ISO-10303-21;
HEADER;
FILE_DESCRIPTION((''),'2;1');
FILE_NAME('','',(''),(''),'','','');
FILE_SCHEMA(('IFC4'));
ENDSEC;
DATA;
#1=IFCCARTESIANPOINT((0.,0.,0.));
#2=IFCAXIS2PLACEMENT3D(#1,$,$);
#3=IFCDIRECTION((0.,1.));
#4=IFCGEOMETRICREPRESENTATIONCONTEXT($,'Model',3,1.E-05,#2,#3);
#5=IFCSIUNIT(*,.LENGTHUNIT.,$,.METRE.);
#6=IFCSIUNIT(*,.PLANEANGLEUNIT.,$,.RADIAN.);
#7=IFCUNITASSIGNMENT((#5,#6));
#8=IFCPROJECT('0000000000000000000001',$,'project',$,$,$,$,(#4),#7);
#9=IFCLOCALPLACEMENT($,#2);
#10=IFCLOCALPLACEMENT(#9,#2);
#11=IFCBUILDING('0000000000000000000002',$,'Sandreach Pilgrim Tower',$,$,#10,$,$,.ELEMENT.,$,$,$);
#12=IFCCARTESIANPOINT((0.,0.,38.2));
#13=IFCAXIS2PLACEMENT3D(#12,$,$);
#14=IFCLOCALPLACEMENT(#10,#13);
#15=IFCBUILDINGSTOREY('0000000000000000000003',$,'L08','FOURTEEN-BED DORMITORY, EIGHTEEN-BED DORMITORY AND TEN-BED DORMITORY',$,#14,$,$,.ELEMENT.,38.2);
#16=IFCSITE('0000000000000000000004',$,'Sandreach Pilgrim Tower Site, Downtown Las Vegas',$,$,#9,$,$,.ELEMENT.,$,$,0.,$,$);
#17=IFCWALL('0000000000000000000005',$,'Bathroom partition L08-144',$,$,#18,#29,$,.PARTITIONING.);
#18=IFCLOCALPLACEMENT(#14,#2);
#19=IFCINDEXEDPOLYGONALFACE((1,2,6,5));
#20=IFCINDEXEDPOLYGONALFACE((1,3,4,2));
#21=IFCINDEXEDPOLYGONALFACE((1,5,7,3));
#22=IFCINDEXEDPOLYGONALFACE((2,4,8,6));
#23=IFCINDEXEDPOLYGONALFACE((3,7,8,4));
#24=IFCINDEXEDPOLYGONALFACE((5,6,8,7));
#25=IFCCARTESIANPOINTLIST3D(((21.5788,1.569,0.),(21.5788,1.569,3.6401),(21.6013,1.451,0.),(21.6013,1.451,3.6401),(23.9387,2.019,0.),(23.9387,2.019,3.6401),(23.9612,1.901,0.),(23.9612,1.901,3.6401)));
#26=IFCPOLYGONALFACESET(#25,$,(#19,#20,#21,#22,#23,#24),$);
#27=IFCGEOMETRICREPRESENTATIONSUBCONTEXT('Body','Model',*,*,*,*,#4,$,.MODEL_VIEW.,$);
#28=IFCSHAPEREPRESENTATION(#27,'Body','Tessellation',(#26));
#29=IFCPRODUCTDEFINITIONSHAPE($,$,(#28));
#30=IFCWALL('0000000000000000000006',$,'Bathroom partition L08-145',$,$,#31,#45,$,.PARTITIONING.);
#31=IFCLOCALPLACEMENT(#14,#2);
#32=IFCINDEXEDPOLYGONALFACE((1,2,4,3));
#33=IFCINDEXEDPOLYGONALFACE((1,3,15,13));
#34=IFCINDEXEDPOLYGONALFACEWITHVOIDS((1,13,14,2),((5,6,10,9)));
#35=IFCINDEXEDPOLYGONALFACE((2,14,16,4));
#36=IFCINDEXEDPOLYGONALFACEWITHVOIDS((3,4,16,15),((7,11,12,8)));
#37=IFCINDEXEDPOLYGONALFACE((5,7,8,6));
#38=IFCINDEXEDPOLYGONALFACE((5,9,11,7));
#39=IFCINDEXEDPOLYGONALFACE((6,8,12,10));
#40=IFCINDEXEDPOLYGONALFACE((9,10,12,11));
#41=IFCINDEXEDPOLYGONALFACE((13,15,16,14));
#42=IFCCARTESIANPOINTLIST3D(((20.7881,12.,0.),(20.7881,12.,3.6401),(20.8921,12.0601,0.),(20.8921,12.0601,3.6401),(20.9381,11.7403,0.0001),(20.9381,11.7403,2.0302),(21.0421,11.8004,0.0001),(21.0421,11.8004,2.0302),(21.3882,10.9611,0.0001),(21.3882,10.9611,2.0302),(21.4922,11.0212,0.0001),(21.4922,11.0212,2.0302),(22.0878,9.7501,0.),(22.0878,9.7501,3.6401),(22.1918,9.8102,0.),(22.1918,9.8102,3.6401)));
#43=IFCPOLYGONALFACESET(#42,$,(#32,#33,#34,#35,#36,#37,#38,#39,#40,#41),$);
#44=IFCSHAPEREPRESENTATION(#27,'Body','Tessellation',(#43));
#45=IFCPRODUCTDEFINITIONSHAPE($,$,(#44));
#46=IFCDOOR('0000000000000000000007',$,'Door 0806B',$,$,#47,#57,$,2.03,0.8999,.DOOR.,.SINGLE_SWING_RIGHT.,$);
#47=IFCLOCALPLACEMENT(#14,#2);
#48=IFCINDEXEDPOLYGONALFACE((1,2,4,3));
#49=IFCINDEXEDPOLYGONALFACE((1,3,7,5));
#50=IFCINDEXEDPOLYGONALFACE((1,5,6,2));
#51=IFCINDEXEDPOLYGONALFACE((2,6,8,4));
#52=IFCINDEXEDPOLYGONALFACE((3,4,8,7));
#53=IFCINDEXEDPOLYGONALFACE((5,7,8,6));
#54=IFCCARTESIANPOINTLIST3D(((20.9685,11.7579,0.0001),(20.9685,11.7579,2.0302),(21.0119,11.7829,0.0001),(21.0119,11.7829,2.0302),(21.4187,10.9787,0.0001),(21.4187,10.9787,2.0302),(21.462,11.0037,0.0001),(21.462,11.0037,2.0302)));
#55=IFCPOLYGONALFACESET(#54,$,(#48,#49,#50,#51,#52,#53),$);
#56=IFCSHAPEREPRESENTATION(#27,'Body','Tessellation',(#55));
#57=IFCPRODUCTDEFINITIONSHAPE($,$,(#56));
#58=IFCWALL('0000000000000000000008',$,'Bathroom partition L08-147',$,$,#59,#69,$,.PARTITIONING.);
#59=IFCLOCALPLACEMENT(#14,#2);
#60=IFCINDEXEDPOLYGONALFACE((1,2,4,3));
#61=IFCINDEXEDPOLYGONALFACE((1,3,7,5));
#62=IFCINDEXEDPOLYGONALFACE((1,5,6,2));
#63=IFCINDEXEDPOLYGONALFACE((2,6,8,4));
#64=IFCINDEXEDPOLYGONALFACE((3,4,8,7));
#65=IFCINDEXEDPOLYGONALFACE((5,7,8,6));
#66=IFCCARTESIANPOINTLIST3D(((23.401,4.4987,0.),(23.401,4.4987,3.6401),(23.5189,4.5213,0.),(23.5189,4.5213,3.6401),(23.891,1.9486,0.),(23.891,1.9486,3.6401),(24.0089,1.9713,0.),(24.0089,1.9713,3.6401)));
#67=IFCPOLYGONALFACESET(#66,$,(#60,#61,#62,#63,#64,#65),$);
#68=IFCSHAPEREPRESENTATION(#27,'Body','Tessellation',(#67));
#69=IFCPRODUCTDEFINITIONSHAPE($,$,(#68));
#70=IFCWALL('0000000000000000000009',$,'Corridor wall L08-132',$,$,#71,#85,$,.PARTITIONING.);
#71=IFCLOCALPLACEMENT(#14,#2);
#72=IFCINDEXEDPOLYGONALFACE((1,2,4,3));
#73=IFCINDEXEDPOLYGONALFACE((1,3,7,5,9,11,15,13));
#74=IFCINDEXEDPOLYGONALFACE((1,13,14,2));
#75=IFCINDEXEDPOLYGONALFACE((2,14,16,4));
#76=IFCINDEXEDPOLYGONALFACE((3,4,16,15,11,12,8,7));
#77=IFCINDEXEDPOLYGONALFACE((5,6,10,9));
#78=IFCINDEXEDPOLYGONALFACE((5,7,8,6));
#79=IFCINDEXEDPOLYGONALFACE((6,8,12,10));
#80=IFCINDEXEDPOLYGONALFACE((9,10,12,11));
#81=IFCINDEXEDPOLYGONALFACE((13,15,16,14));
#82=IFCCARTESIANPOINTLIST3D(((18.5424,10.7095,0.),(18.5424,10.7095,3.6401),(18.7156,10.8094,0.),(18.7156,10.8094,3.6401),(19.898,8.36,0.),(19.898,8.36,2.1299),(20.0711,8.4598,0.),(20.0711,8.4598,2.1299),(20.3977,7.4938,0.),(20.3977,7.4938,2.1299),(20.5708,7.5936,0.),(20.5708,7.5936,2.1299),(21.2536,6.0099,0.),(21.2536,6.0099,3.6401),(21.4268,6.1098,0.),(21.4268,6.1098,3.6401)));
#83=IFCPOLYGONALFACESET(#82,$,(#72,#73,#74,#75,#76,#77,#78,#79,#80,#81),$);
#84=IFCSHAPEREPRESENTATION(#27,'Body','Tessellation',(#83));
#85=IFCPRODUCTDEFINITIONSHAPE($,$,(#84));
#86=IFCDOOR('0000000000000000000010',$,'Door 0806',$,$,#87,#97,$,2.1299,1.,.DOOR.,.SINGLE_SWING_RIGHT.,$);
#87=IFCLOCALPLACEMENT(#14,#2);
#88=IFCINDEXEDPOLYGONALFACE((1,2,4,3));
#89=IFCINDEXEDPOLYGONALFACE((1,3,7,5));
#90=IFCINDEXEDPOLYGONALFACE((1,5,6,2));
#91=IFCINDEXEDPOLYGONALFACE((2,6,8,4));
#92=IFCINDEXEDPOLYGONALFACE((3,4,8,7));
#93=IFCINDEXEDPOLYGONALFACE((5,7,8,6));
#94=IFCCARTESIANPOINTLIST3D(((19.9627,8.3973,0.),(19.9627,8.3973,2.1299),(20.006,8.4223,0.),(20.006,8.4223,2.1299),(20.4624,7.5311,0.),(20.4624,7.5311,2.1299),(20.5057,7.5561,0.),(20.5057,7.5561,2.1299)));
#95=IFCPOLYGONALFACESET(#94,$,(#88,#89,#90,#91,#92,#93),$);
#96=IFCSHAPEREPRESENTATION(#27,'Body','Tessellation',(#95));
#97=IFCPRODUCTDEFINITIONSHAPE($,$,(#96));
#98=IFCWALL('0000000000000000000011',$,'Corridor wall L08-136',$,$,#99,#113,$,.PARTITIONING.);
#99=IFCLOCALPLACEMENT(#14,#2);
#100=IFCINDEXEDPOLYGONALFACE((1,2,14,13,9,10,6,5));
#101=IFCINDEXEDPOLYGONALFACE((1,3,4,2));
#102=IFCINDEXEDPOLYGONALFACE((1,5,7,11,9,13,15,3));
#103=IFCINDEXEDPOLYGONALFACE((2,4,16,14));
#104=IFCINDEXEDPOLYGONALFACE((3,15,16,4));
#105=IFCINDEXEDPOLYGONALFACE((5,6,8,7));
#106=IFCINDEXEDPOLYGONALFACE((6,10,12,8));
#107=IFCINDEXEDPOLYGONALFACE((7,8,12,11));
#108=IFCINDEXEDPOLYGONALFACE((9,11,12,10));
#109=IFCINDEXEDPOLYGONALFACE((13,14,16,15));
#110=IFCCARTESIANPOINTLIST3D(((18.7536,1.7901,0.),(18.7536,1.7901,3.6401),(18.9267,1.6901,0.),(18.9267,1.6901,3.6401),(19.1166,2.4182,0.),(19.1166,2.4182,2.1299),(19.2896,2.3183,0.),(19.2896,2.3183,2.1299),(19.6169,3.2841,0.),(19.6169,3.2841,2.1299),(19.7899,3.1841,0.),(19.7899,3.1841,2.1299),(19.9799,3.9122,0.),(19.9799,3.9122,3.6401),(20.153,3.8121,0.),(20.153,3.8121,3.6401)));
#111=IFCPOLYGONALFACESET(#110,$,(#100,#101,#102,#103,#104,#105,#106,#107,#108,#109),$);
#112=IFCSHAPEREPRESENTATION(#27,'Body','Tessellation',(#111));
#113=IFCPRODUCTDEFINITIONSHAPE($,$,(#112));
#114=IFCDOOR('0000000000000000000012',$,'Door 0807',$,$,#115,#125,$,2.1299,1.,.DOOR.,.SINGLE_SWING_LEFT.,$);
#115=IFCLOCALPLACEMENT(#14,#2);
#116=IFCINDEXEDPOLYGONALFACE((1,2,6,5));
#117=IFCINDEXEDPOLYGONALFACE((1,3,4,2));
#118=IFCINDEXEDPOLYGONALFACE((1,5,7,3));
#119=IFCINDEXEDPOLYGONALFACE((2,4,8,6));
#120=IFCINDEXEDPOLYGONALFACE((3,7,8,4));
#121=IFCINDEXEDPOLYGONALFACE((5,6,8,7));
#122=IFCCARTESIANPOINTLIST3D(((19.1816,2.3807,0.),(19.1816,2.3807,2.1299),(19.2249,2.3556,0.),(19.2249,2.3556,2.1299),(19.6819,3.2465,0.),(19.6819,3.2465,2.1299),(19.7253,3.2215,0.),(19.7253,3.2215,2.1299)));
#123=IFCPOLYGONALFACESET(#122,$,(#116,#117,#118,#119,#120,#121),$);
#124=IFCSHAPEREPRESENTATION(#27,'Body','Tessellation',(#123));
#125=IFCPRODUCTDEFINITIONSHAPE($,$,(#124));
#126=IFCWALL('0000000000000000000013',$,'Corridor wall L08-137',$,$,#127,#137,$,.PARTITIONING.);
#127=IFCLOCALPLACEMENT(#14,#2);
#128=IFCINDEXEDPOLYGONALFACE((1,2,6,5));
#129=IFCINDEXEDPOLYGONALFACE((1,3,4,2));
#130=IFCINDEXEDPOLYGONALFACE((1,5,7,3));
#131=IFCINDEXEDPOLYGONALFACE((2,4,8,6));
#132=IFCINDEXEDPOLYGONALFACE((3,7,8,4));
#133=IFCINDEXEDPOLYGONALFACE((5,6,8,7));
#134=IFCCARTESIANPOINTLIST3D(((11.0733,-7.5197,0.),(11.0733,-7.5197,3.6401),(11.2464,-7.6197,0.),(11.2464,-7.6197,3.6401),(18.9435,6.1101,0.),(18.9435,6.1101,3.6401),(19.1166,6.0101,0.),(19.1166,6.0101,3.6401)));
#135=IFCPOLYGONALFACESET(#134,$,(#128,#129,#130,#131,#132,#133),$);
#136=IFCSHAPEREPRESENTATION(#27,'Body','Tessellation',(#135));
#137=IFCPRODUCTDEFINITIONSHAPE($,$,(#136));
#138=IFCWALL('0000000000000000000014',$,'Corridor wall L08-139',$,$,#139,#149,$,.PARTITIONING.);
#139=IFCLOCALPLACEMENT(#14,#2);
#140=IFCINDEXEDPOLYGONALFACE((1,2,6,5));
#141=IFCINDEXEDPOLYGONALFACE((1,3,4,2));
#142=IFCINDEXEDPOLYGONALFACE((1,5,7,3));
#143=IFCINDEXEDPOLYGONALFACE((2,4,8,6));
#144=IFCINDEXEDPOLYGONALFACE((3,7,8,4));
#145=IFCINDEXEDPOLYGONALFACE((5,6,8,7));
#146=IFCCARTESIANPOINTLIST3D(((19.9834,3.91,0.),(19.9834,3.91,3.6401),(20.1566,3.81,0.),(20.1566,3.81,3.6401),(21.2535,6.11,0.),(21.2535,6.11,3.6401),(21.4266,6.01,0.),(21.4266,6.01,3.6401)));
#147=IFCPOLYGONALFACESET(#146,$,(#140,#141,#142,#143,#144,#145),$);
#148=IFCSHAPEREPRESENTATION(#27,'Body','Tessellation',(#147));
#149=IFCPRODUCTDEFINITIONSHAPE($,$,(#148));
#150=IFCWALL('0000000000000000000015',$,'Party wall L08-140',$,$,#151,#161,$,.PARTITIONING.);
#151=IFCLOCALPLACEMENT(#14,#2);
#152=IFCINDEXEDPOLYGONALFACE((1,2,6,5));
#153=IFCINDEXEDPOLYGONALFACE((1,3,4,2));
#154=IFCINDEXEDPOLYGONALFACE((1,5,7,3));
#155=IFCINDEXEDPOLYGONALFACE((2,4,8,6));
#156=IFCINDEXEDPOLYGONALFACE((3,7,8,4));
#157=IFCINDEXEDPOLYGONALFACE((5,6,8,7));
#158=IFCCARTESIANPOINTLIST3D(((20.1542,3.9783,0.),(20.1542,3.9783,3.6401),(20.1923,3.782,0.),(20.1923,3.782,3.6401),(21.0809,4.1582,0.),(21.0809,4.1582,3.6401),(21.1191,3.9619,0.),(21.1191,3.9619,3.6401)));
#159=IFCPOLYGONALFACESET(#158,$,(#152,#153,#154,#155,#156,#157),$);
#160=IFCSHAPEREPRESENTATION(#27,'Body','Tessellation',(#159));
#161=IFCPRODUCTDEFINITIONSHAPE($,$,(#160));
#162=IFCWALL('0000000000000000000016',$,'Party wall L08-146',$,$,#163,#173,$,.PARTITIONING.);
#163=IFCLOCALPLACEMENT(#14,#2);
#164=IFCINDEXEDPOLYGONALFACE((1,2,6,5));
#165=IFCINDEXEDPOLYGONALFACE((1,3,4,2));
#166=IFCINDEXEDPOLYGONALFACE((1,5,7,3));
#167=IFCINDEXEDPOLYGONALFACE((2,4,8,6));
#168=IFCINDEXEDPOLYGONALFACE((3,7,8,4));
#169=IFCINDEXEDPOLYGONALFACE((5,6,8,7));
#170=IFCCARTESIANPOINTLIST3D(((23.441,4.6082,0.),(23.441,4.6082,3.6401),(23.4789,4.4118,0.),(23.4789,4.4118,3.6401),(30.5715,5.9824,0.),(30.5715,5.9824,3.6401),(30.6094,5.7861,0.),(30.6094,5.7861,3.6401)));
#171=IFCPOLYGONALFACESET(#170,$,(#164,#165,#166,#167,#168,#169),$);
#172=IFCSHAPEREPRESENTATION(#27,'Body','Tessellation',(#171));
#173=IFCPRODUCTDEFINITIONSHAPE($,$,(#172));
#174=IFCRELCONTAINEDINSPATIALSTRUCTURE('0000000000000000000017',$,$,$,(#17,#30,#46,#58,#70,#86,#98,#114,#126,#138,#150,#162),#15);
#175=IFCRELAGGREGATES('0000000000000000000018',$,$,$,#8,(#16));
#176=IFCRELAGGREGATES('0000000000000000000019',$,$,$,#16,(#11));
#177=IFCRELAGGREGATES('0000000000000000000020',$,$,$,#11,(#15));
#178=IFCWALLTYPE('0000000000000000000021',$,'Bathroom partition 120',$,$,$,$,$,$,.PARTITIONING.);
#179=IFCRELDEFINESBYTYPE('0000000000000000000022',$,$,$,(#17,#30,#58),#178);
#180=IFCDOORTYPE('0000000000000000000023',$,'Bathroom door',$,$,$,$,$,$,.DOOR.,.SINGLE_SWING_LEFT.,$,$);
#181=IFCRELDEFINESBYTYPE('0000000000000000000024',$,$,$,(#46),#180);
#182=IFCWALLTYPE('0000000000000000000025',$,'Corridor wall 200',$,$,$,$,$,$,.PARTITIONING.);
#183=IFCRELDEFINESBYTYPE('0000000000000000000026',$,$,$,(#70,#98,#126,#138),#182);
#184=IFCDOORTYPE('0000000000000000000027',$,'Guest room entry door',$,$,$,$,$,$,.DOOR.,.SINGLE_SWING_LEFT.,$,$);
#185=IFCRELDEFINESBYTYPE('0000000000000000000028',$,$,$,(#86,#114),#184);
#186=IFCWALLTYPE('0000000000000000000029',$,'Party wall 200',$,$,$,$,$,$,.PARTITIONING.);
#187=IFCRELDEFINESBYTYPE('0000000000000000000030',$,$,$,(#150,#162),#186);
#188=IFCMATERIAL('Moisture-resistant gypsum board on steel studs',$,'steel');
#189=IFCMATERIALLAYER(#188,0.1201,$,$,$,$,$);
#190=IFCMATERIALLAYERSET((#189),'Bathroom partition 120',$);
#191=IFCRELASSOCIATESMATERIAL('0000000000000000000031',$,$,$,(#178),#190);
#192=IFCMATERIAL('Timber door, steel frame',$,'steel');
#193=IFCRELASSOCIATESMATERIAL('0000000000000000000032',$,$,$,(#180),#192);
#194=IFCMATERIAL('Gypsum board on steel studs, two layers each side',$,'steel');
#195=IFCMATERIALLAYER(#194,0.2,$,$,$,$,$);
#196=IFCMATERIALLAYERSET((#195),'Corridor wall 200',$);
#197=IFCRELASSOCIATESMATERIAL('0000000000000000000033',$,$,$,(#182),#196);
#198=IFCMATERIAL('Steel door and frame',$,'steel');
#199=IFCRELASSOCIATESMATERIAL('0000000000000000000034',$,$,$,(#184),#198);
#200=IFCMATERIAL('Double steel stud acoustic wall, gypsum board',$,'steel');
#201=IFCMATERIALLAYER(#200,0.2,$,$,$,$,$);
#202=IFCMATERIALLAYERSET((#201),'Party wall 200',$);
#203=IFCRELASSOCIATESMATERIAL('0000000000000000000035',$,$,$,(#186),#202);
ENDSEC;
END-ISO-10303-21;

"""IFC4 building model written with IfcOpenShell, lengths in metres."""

from ifc_helpers import new_model, si_unit, direction, frame, frame_2d, origin, place, context, subcontext, project, spatial, rectangle, extrude, material, layer, layer_set, type_object, element, fill, save


model = new_model("IFC4")

# Units and contexts
model_context = context("Model", 3, precision=1e-05, world=origin(), true_north=direction((0.0, 1.0)))
body_context = subcontext(model_context, "Body", "Model", "MODEL_VIEW")
ifc_project = project(units=[si_unit("LENGTHUNIT", "METRE"), si_unit("PLANEANGLEUNIT", "RADIAN")], contexts=[model_context])

# Site, building, storey
site_placement = place(None, origin())
site = spatial("IfcSite", under=ifc_project, at=site_placement, Name="Sandreach Pilgrim Tower Site, Downtown Las Vegas", CompositionType="ELEMENT", RefElevation=0.0)
building_placement = place(site_placement, origin())
building = spatial("IfcBuilding", under=site, at=building_placement, Name="Sandreach Pilgrim Tower", CompositionType="ELEMENT")
storey_placement = place(building_placement, frame((0.0, 0.0, 38.2)))
storey = spatial("IfcBuildingStorey", under=building, at=storey_placement, Name="L08", Description="FOURTEEN-BED DORMITORY, EIGHTEEN-BED DORMITORY AND TEN-BED DORMITORY", CompositionType="ELEMENT", Elevation=38.2)

# Shared definitions
ifc_material_1 = material(Name="Moisture-resistant gypsum board on steel studs", Category="steel")
ifc_layer_1 = layer(ifc_material_1, 0.1201)
ifc_layer_set_1 = layer_set([ifc_layer_1], Name="Bathroom partition 120")
wall_type_1 = type_object("IfcWallType", Name="Bathroom partition 120", PredefinedType="PARTITIONING", material=ifc_layer_set_1)

# Shared definitions
ifc_material_2 = material(Name="Timber door, steel frame", Category="steel")
door_type_1 = type_object("IfcDoorType", Name="Bathroom door", OperationType="SINGLE_SWING_LEFT", PredefinedType="DOOR", material=ifc_material_2)

# Wall
wall_1_placement = place(storey_placement, frame((21.5901, 1.51, 0.0), z_axis=(0.0, 0.0, 1.0), x_axis=(0.982304, 0.187294, 0.0)))
element("IfcWall", 1, at=wall_1_placement, inside=storey, type_object=wall_type_1, Name="Bathroom partition L08-144", PredefinedType="PARTITIONING", context=body_context, shape_type="SweptSolid", body=[
    extrude(rectangle(XDim=2.4023, YDim=0.1201, at=frame_2d((1.2012, 0.0))), origin(), (0.0, 0.0, 1.0), 3.6401),
])

# Wall, opening, door
wall_2_placement = place(storey_placement, frame((22.1399, 9.78, 0.0), z_axis=(0.0, 0.0, 1.0), x_axis=(-0.500221, 0.865898, 0.0)))
wall_2 = element("IfcWall", 2, at=wall_2_placement, inside=storey, type_object=wall_type_1, Name="Bathroom partition L08-145", PredefinedType="PARTITIONING", context=body_context, shape_type="SweptSolid", body=[
    extrude(rectangle(XDim=2.5984, YDim=0.1201, at=frame_2d((1.2993, 0.0))), origin(), (0.0, 0.0, 1.0), 3.6401),
])
opening_1_placement = place(wall_2_placement, frame((1.3987, 0.0, 0.0)))
opening_1 = element("IfcOpeningElement", 3, at=opening_1_placement, cuts=wall_2, PredefinedType="OPENING", context=body_context, shape_type="SweptSolid", body=[
    extrude(rectangle(XDim=0.8999, YDim=2.03, at=frame_2d((0.45, 1.0151))), frame((0.0, 0.0601, 0.0), z_axis=(0.0, -1.0, 0.0), x_axis=(1.0, 0.0, 0.0)), (0.0, 0.0, 1.0), 0.1201),
])
door_1_placement = place(opening_1_placement, origin())
door_1 = element("IfcDoor", 4, at=door_1_placement, inside=storey, type_object=door_type_1, Name="Door 0806B", OperationType="SINGLE_SWING_RIGHT", OverallHeight=2.03, OverallWidth=0.8999, PredefinedType="DOOR", context=body_context, shape_type="SweptSolid", body=[
    extrude(rectangle(XDim=0.8999, YDim=2.03, at=frame_2d((0.45, 1.0151))), frame((0.0, 0.0249, 0.0), z_axis=(0.0, -1.0, 0.0), x_axis=(1.0, 0.0, 0.0)), (0.0, 0.0, 1.0), 0.05),
])
fill(opening_1, door_1)

# Wall
wall_3_placement = place(storey_placement, frame((23.95, 1.96, 0.0), z_axis=(0.0, 0.0, 1.0), x_axis=(-0.188697, 0.982035, 0.0)))
element("IfcWall", 5, at=wall_3_placement, inside=storey, type_object=wall_type_1, Name="Bathroom partition L08-147", PredefinedType="PARTITIONING", context=body_context, shape_type="SweptSolid", body=[
    extrude(rectangle(XDim=2.5967, YDim=0.1201, at=frame_2d((1.2983, 0.0))), origin(), (0.0, 0.0, 1.0), 3.6401),
])

# Walls, openings, doors
ifc_material_3 = material(Name="Gypsum board on steel studs, two layers each side", Category="steel")
ifc_layer_2 = layer(ifc_material_3, 0.2)
ifc_layer_set_2 = layer_set([ifc_layer_2], Name="Corridor wall 200")
wall_type_2 = type_object("IfcWallType", Name="Corridor wall 200", PredefinedType="PARTITIONING", material=ifc_layer_set_2)
wall_4_placement = place(storey_placement, frame((18.6289, 10.7595, 0.0), z_axis=(0.0, 0.0, 1.0), x_axis=(0.499716, -0.866189, 0.0)))
wall_4 = element("IfcWall", 6, at=wall_4_placement, inside=storey, type_object=wall_type_2, Name="Corridor wall L08-132", PredefinedType="PARTITIONING", context=body_context, shape_type="SweptSolid", body=[
    extrude(rectangle(XDim=5.4255, YDim=0.2, at=frame_2d((2.7129, 0.0))), origin(), (0.0, 0.0, 1.0), 3.6401),
])
opening_2_placement = place(wall_4_placement, frame((2.7126, 0.0, 0.0)))
opening_2 = element("IfcOpeningElement", 7, at=opening_2_placement, cuts=wall_4, PredefinedType="OPENING", context=body_context, shape_type="SweptSolid", body=[
    extrude(rectangle(XDim=1.0, YDim=2.1299, at=frame_2d((0.5, 1.0649))), frame((0.0, 0.1001, 0.0), z_axis=(0.0, -1.0, 0.0), x_axis=(1.0, 0.0, 0.0)), (0.0, 0.0, 1.0), 0.2),
])
ifc_material_4 = material(Name="Steel door and frame", Category="steel")
door_type_2 = type_object("IfcDoorType", Name="Guest room entry door", OperationType="SINGLE_SWING_LEFT", PredefinedType="DOOR", material=ifc_material_4)
door_2_placement = place(opening_2_placement, origin())
door_2 = element("IfcDoor", 8, at=door_2_placement, inside=storey, type_object=door_type_2, Name="Door 0806", OperationType="SINGLE_SWING_RIGHT", OverallHeight=2.1299, OverallWidth=1.0, PredefinedType="DOOR", context=body_context, shape_type="SweptSolid", body=[
    extrude(rectangle(XDim=1.0, YDim=2.1299, at=frame_2d((0.5, 1.0649))), frame((0.0, 0.0249, 0.0), z_axis=(0.0, -1.0, 0.0), x_axis=(1.0, 0.0, 0.0)), (0.0, 0.0, 1.0), 0.05),
])
fill(opening_2, door_2)
wall_5_placement = place(storey_placement, frame((18.8401, 1.74, 0.0), z_axis=(0.0, 0.0, 1.0), x_axis=(0.500349, 0.865824, 0.0)))
wall_5 = element("IfcWall", 9, at=wall_5_placement, inside=storey, type_object=wall_type_2, Name="Corridor wall L08-136", PredefinedType="PARTITIONING", context=body_context, shape_type="SweptSolid", body=[
    extrude(rectangle(XDim=2.4509, YDim=0.2, at=frame_2d((1.2256, 0.0))), origin(), (0.0, 0.0, 1.0), 3.6401),
])
opening_3_placement = place(wall_5_placement, frame((0.7256, 0.0, 0.0)))
opening_3 = element("IfcOpeningElement", 10, at=opening_3_placement, cuts=wall_5, PredefinedType="OPENING", context=body_context, shape_type="SweptSolid", body=[
    extrude(rectangle(XDim=1.0, YDim=2.1299, at=frame_2d((0.5, 1.0649))), frame((0.0, 0.1001, 0.0), z_axis=(0.0, -1.0, 0.0), x_axis=(1.0, 0.0, 0.0)), (0.0, 0.0, 1.0), 0.2),
])
door_3_placement = place(opening_3_placement, origin())
door_3 = element("IfcDoor", 11, at=door_3_placement, inside=storey, type_object=door_type_2, Name="Door 0807", OperationType="SINGLE_SWING_LEFT", OverallHeight=2.1299, OverallWidth=1.0, PredefinedType="DOOR", context=body_context, shape_type="SweptSolid", body=[
    extrude(rectangle(XDim=1.0, YDim=2.1299, at=frame_2d((0.5, 1.0649))), frame((0.0, 0.0249, 0.0), z_axis=(0.0, -1.0, 0.0), x_axis=(1.0, 0.0, 0.0)), (0.0, 0.0, 1.0), 0.05),
])
fill(opening_3, door_3)

# Walls
wall_6_placement = place(storey_placement, frame((19.03, 6.0601, 0.0), z_axis=(0.0, 0.0, 1.0), x_axis=(-0.50005, -0.865997, 0.0)))
element("IfcWall", 12, at=wall_6_placement, inside=storey, type_object=wall_type_2, Name="Corridor wall L08-137", PredefinedType="PARTITIONING", context=body_context, shape_type="SweptSolid", body=[
    extrude(rectangle(XDim=15.7388, YDim=0.2, at=frame_2d((7.8694, 0.0))), origin(), (0.0, 0.0, 1.0), 3.6401),
])
wall_7_placement = place(storey_placement, frame((20.0701, 3.8601, 0.0), z_axis=(0.0, 0.0, 1.0), x_axis=(0.499964, 0.866046, 0.0)))
element("IfcWall", 13, at=wall_7_placement, inside=storey, type_object=wall_type_2, Name="Corridor wall L08-139", PredefinedType="PARTITIONING", context=body_context, shape_type="SweptSolid", body=[
    extrude(rectangle(XDim=2.5403, YDim=0.2, at=frame_2d((1.27, 0.0))), origin(), (0.0, 0.0, 1.0), 3.6401),
])
ifc_material_5 = material(Name="Double steel stud acoustic wall, gypsum board", Category="steel")
ifc_layer_3 = layer(ifc_material_5, 0.2)
ifc_layer_set_3 = layer_set([ifc_layer_3], Name="Party wall 200")
wall_type_3 = type_object("IfcWallType", Name="Party wall 200", PredefinedType="PARTITIONING", material=ifc_layer_set_3)
wall_8_placement = place(storey_placement, frame((20.1731, 3.8801, 0.0), z_axis=(0.0, 0.0, 1.0), x_axis=(0.981669, 0.190593, 0.0)))
element("IfcWall", 14, at=wall_8_placement, inside=storey, type_object=wall_type_3, Name="Party wall L08-140", PredefinedType="PARTITIONING", context=body_context, shape_type="SweptSolid", body=[
    extrude(rectangle(XDim=0.9441, YDim=0.2, at=frame_2d((0.4722, 0.0))), origin(), (0.0, 0.0, 1.0), 3.6401),
])
wall_9_placement = place(storey_placement, frame((23.46, 4.51, 0.0), z_axis=(0.0, 0.0, 1.0), x_axis=(0.98193, 0.189245, 0.0)))
element("IfcWall", 15, at=wall_9_placement, inside=storey, type_object=wall_type_3, Name="Party wall L08-146", PredefinedType="PARTITIONING", context=body_context, shape_type="SweptSolid", body=[
    extrude(rectangle(XDim=7.2617, YDim=0.2, at=frame_2d((3.6309, 0.0))), origin(), (0.0, 0.0, 1.0), 3.6401),
])

save(model, "model.ifc")
